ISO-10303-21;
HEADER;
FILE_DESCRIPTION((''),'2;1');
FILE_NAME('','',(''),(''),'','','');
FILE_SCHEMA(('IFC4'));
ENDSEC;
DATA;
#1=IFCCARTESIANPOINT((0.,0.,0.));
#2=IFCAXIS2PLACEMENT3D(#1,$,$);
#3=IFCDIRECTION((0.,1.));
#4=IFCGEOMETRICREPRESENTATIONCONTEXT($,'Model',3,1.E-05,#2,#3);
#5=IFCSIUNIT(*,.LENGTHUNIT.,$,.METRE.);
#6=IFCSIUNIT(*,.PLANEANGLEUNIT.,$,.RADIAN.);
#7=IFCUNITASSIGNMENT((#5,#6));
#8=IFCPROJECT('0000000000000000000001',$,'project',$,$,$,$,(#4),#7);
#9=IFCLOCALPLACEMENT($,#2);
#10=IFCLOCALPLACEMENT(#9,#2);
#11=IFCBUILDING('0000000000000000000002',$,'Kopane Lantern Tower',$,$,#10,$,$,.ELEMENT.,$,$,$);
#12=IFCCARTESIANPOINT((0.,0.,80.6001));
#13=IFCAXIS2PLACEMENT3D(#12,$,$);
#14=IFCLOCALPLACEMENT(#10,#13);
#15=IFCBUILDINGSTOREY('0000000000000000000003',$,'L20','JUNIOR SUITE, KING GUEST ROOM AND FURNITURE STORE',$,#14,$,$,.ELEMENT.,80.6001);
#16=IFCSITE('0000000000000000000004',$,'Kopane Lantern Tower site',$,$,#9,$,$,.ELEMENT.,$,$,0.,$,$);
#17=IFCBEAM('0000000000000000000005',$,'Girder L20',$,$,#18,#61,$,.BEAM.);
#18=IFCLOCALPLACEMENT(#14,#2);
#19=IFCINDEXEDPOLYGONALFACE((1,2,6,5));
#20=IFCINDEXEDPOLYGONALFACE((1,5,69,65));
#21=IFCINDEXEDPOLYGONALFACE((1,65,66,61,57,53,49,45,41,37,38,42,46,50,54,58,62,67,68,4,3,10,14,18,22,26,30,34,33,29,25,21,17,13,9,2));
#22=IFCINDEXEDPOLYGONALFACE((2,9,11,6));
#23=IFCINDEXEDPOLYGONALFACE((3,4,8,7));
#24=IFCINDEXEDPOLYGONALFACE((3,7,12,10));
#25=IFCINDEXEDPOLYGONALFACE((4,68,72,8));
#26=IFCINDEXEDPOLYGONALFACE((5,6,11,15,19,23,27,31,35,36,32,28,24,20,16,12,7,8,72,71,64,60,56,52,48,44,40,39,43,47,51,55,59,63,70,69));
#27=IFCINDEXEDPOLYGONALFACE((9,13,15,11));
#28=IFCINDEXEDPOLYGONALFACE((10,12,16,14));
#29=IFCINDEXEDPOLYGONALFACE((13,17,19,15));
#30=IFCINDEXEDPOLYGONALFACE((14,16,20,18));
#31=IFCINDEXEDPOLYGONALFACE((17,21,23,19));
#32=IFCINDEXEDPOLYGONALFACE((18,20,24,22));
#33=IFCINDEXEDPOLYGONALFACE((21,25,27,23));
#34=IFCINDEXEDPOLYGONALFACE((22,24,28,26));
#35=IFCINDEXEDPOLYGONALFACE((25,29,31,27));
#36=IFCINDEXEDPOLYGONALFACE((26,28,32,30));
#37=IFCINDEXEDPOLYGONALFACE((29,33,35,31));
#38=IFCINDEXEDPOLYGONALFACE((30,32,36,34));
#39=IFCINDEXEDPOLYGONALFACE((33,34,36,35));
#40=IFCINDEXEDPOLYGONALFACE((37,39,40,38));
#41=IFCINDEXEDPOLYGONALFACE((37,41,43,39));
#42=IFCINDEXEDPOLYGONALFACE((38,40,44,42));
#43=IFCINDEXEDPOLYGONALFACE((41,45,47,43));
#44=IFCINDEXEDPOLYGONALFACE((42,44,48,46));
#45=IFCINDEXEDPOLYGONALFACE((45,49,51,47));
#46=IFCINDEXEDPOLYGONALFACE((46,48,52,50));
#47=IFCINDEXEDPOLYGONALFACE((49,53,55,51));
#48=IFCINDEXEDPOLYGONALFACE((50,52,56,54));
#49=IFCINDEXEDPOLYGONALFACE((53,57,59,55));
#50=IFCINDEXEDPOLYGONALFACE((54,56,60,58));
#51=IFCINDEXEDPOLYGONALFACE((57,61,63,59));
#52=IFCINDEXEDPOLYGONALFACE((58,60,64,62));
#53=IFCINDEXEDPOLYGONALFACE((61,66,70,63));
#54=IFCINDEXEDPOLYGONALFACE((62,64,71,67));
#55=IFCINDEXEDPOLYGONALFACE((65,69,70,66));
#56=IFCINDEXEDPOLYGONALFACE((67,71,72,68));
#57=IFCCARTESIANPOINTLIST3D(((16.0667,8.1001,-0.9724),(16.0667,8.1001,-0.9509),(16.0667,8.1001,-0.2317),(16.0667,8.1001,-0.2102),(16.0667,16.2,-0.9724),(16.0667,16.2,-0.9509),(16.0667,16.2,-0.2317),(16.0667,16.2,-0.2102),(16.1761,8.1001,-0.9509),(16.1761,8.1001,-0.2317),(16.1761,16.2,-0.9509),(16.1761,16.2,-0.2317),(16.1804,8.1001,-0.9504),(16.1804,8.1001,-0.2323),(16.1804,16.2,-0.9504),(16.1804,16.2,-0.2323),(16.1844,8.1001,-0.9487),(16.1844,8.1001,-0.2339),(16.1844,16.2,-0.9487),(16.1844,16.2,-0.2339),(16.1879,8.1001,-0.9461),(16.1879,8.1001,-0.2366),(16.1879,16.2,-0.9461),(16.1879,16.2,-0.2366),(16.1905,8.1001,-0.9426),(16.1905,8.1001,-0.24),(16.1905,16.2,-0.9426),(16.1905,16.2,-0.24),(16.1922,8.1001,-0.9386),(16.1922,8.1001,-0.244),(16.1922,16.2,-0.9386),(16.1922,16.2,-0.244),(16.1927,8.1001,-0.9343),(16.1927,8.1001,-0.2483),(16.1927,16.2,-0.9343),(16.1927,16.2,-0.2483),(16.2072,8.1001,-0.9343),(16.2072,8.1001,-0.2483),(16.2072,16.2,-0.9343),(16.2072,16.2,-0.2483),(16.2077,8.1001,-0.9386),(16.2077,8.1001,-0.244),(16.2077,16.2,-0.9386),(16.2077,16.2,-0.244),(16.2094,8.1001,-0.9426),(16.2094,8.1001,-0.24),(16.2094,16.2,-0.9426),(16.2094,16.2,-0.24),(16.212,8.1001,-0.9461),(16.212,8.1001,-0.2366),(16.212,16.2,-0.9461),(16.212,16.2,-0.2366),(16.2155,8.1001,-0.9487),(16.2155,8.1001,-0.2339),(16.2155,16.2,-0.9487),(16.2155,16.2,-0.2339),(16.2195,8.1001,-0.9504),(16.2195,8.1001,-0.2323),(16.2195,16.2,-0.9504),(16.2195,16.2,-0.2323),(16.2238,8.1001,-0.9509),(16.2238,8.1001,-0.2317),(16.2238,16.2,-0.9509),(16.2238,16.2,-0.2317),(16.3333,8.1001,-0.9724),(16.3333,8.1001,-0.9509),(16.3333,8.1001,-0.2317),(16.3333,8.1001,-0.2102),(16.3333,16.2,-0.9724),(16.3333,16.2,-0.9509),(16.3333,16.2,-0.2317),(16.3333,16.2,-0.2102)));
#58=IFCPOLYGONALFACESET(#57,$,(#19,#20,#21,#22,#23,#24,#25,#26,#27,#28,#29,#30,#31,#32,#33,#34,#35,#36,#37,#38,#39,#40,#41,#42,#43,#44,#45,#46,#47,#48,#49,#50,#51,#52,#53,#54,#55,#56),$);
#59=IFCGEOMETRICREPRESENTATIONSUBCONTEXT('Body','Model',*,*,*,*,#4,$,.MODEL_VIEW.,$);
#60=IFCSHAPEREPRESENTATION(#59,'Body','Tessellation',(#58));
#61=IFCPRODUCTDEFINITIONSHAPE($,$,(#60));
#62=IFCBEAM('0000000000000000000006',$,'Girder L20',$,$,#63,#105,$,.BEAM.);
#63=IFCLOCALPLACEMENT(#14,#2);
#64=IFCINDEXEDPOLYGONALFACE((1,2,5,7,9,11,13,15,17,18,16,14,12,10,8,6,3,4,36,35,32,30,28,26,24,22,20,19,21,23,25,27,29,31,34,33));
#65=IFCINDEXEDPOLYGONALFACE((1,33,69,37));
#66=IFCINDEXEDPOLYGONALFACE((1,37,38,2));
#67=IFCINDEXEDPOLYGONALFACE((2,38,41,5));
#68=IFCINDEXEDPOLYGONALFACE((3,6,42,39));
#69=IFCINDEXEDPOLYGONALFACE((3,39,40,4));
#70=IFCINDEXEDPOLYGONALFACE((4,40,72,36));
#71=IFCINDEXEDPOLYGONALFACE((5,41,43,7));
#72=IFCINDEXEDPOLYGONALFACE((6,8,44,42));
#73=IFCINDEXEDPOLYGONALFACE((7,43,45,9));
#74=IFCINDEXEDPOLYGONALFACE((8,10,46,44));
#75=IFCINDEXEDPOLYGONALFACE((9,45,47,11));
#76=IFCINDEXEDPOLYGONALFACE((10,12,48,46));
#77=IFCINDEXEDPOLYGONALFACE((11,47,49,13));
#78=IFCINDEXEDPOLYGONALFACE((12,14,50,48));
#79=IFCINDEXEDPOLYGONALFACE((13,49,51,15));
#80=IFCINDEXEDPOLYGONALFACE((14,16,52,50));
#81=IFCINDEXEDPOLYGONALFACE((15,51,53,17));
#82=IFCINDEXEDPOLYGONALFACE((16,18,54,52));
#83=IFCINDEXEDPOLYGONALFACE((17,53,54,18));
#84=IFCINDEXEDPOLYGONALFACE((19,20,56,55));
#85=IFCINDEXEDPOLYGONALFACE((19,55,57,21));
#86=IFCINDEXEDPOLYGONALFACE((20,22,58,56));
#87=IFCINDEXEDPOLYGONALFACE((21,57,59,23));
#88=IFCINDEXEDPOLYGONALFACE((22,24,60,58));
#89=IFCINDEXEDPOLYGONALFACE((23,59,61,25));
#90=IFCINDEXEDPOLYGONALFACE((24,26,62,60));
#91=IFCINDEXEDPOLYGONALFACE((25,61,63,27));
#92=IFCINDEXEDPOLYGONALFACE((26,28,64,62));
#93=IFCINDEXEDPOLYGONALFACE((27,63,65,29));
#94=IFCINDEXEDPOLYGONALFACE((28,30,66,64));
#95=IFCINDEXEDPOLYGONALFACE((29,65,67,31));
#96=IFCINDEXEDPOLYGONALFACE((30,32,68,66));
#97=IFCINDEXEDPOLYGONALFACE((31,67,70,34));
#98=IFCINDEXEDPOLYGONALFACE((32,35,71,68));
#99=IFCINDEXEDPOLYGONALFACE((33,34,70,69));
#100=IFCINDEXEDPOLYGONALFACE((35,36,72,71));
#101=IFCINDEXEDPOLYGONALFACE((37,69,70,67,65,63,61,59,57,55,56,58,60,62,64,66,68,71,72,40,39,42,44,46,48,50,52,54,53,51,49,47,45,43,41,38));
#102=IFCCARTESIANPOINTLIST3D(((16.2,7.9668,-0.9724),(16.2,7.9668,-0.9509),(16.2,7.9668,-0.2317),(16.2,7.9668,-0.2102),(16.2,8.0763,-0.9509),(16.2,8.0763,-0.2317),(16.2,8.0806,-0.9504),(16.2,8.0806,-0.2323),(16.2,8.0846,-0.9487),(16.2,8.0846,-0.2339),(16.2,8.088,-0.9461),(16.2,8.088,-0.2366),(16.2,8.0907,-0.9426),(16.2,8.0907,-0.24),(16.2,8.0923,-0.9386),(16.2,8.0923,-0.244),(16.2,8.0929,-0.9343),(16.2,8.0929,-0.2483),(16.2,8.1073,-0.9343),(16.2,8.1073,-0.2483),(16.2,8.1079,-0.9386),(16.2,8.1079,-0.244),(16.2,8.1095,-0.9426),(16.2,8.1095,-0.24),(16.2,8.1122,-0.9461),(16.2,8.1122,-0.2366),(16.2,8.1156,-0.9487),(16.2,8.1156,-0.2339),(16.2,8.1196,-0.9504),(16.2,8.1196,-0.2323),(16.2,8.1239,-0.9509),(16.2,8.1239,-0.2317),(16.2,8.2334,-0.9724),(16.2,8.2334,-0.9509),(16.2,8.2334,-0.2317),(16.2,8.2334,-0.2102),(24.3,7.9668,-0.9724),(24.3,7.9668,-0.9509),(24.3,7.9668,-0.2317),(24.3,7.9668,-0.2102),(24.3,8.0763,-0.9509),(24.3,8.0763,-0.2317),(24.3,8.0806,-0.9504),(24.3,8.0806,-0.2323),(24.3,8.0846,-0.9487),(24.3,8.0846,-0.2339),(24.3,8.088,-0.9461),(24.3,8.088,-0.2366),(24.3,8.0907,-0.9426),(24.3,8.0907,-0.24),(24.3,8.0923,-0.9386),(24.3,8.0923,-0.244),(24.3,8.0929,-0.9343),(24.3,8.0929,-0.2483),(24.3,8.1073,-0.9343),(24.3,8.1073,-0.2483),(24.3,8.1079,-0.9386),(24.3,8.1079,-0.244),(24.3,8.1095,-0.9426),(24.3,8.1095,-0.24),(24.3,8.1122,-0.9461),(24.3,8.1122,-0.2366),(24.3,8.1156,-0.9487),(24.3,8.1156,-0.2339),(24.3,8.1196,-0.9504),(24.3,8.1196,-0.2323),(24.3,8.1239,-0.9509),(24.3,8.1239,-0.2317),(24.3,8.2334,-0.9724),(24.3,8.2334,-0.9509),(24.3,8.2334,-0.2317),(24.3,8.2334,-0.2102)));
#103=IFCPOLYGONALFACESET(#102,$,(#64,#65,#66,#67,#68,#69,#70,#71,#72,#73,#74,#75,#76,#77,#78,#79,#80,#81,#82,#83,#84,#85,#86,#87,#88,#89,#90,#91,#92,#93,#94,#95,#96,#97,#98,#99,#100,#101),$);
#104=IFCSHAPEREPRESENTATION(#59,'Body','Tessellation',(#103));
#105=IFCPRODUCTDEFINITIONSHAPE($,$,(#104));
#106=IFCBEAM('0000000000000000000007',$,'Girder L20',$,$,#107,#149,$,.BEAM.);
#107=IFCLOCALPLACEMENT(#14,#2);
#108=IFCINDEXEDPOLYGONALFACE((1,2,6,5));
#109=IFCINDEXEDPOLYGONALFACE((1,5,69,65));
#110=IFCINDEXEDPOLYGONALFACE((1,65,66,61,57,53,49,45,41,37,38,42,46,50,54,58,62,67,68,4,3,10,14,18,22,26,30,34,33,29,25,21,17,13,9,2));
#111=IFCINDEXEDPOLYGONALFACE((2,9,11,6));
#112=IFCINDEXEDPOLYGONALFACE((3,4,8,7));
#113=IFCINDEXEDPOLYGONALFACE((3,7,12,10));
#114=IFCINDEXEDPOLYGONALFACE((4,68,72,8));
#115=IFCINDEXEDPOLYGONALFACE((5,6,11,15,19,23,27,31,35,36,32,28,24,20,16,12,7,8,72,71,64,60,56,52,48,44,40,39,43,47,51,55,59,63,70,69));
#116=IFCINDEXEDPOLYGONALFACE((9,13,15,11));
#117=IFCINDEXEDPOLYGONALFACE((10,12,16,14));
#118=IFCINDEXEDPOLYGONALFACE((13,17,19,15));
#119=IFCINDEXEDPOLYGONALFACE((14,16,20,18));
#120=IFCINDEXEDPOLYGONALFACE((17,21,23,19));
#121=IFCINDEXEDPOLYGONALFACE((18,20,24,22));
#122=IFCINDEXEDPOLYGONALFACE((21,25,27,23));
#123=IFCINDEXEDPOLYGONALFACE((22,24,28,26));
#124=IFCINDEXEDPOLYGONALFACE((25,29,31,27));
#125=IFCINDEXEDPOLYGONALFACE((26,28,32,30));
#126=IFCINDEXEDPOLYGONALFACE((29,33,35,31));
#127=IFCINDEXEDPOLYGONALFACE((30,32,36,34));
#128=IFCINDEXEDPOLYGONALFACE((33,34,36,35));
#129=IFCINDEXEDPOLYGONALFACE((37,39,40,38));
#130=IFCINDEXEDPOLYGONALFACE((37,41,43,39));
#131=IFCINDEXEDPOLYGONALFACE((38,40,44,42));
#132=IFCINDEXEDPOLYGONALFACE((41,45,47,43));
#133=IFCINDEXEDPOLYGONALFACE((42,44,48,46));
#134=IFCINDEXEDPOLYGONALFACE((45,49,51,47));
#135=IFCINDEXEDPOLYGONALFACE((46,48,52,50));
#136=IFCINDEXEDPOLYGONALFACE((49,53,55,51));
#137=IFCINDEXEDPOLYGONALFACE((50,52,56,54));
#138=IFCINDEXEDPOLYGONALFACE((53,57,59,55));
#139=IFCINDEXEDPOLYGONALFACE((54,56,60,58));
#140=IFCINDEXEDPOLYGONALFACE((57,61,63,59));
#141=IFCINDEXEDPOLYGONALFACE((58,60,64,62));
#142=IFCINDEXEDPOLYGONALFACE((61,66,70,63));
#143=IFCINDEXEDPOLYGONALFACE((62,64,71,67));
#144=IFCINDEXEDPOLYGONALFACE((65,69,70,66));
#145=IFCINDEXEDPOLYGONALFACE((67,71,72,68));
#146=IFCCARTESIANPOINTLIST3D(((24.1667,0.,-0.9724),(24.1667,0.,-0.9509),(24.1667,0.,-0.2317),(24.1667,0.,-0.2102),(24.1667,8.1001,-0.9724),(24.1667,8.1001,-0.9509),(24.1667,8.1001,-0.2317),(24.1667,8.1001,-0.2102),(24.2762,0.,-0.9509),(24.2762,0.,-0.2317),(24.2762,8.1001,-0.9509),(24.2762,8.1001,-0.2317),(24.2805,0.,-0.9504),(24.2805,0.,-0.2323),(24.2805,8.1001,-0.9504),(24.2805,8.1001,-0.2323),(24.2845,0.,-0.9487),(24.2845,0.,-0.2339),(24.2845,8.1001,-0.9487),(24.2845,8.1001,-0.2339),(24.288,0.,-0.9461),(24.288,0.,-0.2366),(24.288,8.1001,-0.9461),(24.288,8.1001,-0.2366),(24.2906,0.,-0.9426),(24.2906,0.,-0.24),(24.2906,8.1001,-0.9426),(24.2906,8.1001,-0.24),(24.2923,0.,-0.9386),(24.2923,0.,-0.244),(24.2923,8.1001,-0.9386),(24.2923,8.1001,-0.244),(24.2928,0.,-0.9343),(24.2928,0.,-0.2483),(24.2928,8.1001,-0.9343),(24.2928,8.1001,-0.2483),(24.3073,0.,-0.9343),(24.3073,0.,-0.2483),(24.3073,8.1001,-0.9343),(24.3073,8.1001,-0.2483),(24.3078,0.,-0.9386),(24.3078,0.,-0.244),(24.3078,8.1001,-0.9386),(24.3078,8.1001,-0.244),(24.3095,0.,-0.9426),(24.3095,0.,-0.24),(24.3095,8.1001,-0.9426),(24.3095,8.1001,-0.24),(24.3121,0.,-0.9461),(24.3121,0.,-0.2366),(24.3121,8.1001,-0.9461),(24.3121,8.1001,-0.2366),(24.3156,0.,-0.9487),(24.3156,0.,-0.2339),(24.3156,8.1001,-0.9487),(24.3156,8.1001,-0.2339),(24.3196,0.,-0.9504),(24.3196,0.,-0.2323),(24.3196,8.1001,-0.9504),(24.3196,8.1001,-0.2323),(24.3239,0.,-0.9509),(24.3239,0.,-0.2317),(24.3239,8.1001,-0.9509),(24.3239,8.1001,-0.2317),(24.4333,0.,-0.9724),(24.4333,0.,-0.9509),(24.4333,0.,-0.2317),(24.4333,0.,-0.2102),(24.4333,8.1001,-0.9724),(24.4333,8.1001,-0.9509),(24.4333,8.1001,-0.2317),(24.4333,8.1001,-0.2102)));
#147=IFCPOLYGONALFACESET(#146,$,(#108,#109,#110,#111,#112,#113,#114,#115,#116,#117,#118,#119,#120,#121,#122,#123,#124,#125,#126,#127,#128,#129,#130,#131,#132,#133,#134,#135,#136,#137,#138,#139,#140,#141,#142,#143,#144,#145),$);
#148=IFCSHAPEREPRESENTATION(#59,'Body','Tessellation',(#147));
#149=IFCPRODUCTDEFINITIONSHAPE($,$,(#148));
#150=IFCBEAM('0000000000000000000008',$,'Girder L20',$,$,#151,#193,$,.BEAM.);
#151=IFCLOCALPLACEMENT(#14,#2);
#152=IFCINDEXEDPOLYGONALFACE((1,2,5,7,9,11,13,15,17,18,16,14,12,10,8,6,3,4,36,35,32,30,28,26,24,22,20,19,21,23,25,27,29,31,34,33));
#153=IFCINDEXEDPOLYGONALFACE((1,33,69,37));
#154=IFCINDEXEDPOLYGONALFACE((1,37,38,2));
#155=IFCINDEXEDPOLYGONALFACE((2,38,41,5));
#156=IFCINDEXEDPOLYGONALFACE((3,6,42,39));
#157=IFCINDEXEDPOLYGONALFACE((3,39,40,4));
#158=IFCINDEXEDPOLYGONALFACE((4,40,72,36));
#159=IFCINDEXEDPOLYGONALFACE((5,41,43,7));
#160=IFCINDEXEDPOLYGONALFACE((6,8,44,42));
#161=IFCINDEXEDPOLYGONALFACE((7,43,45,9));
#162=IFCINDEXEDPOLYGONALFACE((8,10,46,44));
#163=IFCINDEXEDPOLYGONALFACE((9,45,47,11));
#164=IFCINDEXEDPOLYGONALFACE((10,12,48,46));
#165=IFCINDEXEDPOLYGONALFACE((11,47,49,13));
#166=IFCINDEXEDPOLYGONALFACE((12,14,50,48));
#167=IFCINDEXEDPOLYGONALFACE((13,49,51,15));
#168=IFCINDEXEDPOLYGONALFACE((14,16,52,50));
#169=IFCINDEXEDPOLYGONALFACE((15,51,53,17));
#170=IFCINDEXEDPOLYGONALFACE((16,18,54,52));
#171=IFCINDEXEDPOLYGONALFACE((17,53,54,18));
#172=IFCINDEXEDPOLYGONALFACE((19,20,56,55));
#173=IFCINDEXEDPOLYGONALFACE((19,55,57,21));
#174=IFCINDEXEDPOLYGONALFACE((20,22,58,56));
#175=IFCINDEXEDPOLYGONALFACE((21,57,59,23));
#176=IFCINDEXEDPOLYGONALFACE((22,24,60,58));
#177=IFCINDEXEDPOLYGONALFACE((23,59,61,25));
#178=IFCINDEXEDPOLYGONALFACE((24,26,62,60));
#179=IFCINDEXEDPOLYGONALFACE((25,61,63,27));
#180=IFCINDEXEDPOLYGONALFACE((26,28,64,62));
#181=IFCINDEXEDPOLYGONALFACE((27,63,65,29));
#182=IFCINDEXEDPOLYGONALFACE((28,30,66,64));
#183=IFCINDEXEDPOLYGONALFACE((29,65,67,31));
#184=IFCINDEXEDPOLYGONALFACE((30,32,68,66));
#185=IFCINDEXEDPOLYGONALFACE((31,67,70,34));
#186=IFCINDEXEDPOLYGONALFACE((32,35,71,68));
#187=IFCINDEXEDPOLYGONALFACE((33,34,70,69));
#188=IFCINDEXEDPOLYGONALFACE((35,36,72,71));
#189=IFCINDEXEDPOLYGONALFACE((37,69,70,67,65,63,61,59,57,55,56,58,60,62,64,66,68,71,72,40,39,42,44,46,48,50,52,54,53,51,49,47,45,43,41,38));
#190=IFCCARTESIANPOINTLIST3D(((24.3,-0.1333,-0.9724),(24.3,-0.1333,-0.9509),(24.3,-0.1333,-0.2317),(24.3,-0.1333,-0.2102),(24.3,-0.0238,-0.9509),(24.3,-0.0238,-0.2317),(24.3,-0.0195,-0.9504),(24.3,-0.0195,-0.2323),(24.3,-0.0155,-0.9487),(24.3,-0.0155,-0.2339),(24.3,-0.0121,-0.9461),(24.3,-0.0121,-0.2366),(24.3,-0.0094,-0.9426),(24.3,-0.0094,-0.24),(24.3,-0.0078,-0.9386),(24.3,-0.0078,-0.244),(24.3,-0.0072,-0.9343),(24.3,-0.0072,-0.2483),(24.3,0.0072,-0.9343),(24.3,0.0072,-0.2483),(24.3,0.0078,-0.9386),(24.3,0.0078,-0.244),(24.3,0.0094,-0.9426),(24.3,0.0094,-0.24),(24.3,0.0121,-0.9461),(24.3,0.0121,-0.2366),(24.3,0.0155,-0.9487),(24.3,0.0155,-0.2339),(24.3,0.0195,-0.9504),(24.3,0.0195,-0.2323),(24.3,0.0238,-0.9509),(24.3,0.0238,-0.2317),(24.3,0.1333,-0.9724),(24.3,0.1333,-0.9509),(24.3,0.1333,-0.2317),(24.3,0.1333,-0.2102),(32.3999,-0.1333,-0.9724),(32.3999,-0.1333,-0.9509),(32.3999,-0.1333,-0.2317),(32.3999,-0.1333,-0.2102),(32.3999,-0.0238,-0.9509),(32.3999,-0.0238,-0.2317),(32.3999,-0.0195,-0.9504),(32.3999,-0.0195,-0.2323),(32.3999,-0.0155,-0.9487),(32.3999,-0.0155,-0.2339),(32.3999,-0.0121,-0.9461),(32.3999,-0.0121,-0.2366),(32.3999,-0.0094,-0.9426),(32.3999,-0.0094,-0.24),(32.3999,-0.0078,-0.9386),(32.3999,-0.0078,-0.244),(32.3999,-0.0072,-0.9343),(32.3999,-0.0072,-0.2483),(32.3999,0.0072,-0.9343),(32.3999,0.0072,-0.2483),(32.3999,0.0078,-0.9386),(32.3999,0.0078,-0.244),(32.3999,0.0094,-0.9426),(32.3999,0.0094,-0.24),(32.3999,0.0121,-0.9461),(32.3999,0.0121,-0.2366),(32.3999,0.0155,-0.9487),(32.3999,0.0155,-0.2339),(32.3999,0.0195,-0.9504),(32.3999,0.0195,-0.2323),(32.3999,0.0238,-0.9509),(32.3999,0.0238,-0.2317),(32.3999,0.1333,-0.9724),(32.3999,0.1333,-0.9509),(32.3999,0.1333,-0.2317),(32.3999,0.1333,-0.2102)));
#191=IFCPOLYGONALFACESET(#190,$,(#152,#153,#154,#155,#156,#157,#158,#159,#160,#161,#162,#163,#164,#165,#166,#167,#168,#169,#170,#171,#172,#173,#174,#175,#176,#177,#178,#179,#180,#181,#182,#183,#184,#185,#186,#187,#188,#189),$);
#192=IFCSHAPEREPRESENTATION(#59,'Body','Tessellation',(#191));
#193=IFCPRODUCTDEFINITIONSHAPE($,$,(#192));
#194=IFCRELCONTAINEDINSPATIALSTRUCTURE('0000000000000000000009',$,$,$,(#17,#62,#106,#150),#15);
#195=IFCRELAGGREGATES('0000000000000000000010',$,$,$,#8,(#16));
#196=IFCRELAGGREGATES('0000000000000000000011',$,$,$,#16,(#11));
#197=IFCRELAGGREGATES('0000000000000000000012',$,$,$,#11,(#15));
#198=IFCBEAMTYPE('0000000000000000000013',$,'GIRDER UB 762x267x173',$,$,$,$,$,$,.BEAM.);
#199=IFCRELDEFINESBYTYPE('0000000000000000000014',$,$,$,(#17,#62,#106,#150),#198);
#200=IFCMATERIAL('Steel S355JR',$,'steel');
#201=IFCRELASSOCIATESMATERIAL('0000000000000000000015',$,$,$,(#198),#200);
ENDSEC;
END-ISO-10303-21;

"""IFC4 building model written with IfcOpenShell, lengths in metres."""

from ifc_helpers import new_model, si_unit, direction, frame, origin, origin_2d, place, context, subcontext, project, spatial, i_section, extrude, material, material_profile, profile_set, type_object, element, save


model = new_model("IFC4")

# Units and contexts
model_context = context("Model", 3, precision=1e-05, world=origin(), true_north=direction((0.0, 1.0)))
body_context = subcontext(model_context, "Body", "Model", "MODEL_VIEW")
ifc_project = project(units=[si_unit("LENGTHUNIT", "METRE"), si_unit("PLANEANGLEUNIT", "RADIAN")], contexts=[model_context])

# Site, building, storey
site_placement = place(None, origin())
site = spatial("IfcSite", under=ifc_project, at=site_placement, Name="Kopane Lantern Tower site", CompositionType="ELEMENT", RefElevation=0.0)
building_placement = place(site_placement, origin())
building = spatial("IfcBuilding", under=site, at=building_placement, Name="Kopane Lantern Tower", CompositionType="ELEMENT")
storey_placement = place(building_placement, frame((0.0, 0.0, 80.6001)))
storey = spatial("IfcBuildingStorey", under=building, at=storey_placement, Name="L20", Description="JUNIOR SUITE, KING GUEST ROOM AND FURNITURE STORE", CompositionType="ELEMENT", Elevation=80.6001)

# Beams
ifc_material_1 = material(Name="Steel S355JR", Category="steel")
ifc_material_profile_1 = material_profile(ifc_material_1, i_section(OverallWidth=0.2666, OverallDepth=0.7622, WebThickness=0.0144, FlangeThickness=0.0215, FilletRadius=0.0166, at=origin_2d()), Name="UB 762x267x173")
ifc_profile_set_1 = profile_set([ifc_material_profile_1], Name="Steel S355JR")
beam_type = type_object("IfcBeamType", Name="GIRDER UB 762x267x173", PredefinedType="BEAM", material=ifc_profile_set_1)
beam_1_placement = place(storey_placement, frame((16.2, 8.1001, -0.5913), z_axis=(0.0, 1.0, 0.0), x_axis=(-1.0, 0.0, 0.0)))
element("IfcBeam", 1, at=beam_1_placement, inside=storey, type_object=beam_type, Name="Girder L20", PredefinedType="BEAM", context=body_context, shape_type="SweptSolid", body=[
    extrude(i_section(OverallWidth=0.2666, OverallDepth=0.7622, WebThickness=0.0144, FlangeThickness=0.0215, FilletRadius=0.0166, at=origin_2d()), origin(), (0.0, 0.0, 1.0), 8.0999),
])
for number, where, z_axis, x_axis, name in (
    (2, (16.2, 8.1001, -0.5913), (1.0, 0.0, 0.0), (0.0, 1.0, 0.0), "Girder L20"),
    (3, (24.3, 0.0, -0.5913), (0.0, 1.0, 0.0), (-1.0, 0.0, 0.0), "Girder L20"),
):
    element("IfcBeam", number, at=place(storey_placement, frame(where, z_axis=z_axis, x_axis=x_axis)), inside=storey, type_object=beam_type, Name=name, PredefinedType="BEAM", context=body_context, shape_type="SweptSolid", body=[
        extrude(i_section(OverallWidth=0.2666, OverallDepth=0.7622, WebThickness=0.0144, FlangeThickness=0.0215, FilletRadius=0.0166, at=origin_2d()), origin(), (0.0, 0.0, 1.0), 8.1001),
    ])
beam_2_placement = place(storey_placement, frame((24.3, 0.0, -0.5913), z_axis=(1.0, 0.0, 0.0), x_axis=(0.0, 1.0, 0.0)))
element("IfcBeam", 4, at=beam_2_placement, inside=storey, type_object=beam_type, Name="Girder L20", PredefinedType="BEAM", context=body_context, shape_type="SweptSolid", body=[
    extrude(i_section(OverallWidth=0.2666, OverallDepth=0.7622, WebThickness=0.0144, FlangeThickness=0.0215, FilletRadius=0.0166, at=origin_2d()), origin(), (0.0, 0.0, 1.0), 8.0999),
])

save(model, "model.ifc")
